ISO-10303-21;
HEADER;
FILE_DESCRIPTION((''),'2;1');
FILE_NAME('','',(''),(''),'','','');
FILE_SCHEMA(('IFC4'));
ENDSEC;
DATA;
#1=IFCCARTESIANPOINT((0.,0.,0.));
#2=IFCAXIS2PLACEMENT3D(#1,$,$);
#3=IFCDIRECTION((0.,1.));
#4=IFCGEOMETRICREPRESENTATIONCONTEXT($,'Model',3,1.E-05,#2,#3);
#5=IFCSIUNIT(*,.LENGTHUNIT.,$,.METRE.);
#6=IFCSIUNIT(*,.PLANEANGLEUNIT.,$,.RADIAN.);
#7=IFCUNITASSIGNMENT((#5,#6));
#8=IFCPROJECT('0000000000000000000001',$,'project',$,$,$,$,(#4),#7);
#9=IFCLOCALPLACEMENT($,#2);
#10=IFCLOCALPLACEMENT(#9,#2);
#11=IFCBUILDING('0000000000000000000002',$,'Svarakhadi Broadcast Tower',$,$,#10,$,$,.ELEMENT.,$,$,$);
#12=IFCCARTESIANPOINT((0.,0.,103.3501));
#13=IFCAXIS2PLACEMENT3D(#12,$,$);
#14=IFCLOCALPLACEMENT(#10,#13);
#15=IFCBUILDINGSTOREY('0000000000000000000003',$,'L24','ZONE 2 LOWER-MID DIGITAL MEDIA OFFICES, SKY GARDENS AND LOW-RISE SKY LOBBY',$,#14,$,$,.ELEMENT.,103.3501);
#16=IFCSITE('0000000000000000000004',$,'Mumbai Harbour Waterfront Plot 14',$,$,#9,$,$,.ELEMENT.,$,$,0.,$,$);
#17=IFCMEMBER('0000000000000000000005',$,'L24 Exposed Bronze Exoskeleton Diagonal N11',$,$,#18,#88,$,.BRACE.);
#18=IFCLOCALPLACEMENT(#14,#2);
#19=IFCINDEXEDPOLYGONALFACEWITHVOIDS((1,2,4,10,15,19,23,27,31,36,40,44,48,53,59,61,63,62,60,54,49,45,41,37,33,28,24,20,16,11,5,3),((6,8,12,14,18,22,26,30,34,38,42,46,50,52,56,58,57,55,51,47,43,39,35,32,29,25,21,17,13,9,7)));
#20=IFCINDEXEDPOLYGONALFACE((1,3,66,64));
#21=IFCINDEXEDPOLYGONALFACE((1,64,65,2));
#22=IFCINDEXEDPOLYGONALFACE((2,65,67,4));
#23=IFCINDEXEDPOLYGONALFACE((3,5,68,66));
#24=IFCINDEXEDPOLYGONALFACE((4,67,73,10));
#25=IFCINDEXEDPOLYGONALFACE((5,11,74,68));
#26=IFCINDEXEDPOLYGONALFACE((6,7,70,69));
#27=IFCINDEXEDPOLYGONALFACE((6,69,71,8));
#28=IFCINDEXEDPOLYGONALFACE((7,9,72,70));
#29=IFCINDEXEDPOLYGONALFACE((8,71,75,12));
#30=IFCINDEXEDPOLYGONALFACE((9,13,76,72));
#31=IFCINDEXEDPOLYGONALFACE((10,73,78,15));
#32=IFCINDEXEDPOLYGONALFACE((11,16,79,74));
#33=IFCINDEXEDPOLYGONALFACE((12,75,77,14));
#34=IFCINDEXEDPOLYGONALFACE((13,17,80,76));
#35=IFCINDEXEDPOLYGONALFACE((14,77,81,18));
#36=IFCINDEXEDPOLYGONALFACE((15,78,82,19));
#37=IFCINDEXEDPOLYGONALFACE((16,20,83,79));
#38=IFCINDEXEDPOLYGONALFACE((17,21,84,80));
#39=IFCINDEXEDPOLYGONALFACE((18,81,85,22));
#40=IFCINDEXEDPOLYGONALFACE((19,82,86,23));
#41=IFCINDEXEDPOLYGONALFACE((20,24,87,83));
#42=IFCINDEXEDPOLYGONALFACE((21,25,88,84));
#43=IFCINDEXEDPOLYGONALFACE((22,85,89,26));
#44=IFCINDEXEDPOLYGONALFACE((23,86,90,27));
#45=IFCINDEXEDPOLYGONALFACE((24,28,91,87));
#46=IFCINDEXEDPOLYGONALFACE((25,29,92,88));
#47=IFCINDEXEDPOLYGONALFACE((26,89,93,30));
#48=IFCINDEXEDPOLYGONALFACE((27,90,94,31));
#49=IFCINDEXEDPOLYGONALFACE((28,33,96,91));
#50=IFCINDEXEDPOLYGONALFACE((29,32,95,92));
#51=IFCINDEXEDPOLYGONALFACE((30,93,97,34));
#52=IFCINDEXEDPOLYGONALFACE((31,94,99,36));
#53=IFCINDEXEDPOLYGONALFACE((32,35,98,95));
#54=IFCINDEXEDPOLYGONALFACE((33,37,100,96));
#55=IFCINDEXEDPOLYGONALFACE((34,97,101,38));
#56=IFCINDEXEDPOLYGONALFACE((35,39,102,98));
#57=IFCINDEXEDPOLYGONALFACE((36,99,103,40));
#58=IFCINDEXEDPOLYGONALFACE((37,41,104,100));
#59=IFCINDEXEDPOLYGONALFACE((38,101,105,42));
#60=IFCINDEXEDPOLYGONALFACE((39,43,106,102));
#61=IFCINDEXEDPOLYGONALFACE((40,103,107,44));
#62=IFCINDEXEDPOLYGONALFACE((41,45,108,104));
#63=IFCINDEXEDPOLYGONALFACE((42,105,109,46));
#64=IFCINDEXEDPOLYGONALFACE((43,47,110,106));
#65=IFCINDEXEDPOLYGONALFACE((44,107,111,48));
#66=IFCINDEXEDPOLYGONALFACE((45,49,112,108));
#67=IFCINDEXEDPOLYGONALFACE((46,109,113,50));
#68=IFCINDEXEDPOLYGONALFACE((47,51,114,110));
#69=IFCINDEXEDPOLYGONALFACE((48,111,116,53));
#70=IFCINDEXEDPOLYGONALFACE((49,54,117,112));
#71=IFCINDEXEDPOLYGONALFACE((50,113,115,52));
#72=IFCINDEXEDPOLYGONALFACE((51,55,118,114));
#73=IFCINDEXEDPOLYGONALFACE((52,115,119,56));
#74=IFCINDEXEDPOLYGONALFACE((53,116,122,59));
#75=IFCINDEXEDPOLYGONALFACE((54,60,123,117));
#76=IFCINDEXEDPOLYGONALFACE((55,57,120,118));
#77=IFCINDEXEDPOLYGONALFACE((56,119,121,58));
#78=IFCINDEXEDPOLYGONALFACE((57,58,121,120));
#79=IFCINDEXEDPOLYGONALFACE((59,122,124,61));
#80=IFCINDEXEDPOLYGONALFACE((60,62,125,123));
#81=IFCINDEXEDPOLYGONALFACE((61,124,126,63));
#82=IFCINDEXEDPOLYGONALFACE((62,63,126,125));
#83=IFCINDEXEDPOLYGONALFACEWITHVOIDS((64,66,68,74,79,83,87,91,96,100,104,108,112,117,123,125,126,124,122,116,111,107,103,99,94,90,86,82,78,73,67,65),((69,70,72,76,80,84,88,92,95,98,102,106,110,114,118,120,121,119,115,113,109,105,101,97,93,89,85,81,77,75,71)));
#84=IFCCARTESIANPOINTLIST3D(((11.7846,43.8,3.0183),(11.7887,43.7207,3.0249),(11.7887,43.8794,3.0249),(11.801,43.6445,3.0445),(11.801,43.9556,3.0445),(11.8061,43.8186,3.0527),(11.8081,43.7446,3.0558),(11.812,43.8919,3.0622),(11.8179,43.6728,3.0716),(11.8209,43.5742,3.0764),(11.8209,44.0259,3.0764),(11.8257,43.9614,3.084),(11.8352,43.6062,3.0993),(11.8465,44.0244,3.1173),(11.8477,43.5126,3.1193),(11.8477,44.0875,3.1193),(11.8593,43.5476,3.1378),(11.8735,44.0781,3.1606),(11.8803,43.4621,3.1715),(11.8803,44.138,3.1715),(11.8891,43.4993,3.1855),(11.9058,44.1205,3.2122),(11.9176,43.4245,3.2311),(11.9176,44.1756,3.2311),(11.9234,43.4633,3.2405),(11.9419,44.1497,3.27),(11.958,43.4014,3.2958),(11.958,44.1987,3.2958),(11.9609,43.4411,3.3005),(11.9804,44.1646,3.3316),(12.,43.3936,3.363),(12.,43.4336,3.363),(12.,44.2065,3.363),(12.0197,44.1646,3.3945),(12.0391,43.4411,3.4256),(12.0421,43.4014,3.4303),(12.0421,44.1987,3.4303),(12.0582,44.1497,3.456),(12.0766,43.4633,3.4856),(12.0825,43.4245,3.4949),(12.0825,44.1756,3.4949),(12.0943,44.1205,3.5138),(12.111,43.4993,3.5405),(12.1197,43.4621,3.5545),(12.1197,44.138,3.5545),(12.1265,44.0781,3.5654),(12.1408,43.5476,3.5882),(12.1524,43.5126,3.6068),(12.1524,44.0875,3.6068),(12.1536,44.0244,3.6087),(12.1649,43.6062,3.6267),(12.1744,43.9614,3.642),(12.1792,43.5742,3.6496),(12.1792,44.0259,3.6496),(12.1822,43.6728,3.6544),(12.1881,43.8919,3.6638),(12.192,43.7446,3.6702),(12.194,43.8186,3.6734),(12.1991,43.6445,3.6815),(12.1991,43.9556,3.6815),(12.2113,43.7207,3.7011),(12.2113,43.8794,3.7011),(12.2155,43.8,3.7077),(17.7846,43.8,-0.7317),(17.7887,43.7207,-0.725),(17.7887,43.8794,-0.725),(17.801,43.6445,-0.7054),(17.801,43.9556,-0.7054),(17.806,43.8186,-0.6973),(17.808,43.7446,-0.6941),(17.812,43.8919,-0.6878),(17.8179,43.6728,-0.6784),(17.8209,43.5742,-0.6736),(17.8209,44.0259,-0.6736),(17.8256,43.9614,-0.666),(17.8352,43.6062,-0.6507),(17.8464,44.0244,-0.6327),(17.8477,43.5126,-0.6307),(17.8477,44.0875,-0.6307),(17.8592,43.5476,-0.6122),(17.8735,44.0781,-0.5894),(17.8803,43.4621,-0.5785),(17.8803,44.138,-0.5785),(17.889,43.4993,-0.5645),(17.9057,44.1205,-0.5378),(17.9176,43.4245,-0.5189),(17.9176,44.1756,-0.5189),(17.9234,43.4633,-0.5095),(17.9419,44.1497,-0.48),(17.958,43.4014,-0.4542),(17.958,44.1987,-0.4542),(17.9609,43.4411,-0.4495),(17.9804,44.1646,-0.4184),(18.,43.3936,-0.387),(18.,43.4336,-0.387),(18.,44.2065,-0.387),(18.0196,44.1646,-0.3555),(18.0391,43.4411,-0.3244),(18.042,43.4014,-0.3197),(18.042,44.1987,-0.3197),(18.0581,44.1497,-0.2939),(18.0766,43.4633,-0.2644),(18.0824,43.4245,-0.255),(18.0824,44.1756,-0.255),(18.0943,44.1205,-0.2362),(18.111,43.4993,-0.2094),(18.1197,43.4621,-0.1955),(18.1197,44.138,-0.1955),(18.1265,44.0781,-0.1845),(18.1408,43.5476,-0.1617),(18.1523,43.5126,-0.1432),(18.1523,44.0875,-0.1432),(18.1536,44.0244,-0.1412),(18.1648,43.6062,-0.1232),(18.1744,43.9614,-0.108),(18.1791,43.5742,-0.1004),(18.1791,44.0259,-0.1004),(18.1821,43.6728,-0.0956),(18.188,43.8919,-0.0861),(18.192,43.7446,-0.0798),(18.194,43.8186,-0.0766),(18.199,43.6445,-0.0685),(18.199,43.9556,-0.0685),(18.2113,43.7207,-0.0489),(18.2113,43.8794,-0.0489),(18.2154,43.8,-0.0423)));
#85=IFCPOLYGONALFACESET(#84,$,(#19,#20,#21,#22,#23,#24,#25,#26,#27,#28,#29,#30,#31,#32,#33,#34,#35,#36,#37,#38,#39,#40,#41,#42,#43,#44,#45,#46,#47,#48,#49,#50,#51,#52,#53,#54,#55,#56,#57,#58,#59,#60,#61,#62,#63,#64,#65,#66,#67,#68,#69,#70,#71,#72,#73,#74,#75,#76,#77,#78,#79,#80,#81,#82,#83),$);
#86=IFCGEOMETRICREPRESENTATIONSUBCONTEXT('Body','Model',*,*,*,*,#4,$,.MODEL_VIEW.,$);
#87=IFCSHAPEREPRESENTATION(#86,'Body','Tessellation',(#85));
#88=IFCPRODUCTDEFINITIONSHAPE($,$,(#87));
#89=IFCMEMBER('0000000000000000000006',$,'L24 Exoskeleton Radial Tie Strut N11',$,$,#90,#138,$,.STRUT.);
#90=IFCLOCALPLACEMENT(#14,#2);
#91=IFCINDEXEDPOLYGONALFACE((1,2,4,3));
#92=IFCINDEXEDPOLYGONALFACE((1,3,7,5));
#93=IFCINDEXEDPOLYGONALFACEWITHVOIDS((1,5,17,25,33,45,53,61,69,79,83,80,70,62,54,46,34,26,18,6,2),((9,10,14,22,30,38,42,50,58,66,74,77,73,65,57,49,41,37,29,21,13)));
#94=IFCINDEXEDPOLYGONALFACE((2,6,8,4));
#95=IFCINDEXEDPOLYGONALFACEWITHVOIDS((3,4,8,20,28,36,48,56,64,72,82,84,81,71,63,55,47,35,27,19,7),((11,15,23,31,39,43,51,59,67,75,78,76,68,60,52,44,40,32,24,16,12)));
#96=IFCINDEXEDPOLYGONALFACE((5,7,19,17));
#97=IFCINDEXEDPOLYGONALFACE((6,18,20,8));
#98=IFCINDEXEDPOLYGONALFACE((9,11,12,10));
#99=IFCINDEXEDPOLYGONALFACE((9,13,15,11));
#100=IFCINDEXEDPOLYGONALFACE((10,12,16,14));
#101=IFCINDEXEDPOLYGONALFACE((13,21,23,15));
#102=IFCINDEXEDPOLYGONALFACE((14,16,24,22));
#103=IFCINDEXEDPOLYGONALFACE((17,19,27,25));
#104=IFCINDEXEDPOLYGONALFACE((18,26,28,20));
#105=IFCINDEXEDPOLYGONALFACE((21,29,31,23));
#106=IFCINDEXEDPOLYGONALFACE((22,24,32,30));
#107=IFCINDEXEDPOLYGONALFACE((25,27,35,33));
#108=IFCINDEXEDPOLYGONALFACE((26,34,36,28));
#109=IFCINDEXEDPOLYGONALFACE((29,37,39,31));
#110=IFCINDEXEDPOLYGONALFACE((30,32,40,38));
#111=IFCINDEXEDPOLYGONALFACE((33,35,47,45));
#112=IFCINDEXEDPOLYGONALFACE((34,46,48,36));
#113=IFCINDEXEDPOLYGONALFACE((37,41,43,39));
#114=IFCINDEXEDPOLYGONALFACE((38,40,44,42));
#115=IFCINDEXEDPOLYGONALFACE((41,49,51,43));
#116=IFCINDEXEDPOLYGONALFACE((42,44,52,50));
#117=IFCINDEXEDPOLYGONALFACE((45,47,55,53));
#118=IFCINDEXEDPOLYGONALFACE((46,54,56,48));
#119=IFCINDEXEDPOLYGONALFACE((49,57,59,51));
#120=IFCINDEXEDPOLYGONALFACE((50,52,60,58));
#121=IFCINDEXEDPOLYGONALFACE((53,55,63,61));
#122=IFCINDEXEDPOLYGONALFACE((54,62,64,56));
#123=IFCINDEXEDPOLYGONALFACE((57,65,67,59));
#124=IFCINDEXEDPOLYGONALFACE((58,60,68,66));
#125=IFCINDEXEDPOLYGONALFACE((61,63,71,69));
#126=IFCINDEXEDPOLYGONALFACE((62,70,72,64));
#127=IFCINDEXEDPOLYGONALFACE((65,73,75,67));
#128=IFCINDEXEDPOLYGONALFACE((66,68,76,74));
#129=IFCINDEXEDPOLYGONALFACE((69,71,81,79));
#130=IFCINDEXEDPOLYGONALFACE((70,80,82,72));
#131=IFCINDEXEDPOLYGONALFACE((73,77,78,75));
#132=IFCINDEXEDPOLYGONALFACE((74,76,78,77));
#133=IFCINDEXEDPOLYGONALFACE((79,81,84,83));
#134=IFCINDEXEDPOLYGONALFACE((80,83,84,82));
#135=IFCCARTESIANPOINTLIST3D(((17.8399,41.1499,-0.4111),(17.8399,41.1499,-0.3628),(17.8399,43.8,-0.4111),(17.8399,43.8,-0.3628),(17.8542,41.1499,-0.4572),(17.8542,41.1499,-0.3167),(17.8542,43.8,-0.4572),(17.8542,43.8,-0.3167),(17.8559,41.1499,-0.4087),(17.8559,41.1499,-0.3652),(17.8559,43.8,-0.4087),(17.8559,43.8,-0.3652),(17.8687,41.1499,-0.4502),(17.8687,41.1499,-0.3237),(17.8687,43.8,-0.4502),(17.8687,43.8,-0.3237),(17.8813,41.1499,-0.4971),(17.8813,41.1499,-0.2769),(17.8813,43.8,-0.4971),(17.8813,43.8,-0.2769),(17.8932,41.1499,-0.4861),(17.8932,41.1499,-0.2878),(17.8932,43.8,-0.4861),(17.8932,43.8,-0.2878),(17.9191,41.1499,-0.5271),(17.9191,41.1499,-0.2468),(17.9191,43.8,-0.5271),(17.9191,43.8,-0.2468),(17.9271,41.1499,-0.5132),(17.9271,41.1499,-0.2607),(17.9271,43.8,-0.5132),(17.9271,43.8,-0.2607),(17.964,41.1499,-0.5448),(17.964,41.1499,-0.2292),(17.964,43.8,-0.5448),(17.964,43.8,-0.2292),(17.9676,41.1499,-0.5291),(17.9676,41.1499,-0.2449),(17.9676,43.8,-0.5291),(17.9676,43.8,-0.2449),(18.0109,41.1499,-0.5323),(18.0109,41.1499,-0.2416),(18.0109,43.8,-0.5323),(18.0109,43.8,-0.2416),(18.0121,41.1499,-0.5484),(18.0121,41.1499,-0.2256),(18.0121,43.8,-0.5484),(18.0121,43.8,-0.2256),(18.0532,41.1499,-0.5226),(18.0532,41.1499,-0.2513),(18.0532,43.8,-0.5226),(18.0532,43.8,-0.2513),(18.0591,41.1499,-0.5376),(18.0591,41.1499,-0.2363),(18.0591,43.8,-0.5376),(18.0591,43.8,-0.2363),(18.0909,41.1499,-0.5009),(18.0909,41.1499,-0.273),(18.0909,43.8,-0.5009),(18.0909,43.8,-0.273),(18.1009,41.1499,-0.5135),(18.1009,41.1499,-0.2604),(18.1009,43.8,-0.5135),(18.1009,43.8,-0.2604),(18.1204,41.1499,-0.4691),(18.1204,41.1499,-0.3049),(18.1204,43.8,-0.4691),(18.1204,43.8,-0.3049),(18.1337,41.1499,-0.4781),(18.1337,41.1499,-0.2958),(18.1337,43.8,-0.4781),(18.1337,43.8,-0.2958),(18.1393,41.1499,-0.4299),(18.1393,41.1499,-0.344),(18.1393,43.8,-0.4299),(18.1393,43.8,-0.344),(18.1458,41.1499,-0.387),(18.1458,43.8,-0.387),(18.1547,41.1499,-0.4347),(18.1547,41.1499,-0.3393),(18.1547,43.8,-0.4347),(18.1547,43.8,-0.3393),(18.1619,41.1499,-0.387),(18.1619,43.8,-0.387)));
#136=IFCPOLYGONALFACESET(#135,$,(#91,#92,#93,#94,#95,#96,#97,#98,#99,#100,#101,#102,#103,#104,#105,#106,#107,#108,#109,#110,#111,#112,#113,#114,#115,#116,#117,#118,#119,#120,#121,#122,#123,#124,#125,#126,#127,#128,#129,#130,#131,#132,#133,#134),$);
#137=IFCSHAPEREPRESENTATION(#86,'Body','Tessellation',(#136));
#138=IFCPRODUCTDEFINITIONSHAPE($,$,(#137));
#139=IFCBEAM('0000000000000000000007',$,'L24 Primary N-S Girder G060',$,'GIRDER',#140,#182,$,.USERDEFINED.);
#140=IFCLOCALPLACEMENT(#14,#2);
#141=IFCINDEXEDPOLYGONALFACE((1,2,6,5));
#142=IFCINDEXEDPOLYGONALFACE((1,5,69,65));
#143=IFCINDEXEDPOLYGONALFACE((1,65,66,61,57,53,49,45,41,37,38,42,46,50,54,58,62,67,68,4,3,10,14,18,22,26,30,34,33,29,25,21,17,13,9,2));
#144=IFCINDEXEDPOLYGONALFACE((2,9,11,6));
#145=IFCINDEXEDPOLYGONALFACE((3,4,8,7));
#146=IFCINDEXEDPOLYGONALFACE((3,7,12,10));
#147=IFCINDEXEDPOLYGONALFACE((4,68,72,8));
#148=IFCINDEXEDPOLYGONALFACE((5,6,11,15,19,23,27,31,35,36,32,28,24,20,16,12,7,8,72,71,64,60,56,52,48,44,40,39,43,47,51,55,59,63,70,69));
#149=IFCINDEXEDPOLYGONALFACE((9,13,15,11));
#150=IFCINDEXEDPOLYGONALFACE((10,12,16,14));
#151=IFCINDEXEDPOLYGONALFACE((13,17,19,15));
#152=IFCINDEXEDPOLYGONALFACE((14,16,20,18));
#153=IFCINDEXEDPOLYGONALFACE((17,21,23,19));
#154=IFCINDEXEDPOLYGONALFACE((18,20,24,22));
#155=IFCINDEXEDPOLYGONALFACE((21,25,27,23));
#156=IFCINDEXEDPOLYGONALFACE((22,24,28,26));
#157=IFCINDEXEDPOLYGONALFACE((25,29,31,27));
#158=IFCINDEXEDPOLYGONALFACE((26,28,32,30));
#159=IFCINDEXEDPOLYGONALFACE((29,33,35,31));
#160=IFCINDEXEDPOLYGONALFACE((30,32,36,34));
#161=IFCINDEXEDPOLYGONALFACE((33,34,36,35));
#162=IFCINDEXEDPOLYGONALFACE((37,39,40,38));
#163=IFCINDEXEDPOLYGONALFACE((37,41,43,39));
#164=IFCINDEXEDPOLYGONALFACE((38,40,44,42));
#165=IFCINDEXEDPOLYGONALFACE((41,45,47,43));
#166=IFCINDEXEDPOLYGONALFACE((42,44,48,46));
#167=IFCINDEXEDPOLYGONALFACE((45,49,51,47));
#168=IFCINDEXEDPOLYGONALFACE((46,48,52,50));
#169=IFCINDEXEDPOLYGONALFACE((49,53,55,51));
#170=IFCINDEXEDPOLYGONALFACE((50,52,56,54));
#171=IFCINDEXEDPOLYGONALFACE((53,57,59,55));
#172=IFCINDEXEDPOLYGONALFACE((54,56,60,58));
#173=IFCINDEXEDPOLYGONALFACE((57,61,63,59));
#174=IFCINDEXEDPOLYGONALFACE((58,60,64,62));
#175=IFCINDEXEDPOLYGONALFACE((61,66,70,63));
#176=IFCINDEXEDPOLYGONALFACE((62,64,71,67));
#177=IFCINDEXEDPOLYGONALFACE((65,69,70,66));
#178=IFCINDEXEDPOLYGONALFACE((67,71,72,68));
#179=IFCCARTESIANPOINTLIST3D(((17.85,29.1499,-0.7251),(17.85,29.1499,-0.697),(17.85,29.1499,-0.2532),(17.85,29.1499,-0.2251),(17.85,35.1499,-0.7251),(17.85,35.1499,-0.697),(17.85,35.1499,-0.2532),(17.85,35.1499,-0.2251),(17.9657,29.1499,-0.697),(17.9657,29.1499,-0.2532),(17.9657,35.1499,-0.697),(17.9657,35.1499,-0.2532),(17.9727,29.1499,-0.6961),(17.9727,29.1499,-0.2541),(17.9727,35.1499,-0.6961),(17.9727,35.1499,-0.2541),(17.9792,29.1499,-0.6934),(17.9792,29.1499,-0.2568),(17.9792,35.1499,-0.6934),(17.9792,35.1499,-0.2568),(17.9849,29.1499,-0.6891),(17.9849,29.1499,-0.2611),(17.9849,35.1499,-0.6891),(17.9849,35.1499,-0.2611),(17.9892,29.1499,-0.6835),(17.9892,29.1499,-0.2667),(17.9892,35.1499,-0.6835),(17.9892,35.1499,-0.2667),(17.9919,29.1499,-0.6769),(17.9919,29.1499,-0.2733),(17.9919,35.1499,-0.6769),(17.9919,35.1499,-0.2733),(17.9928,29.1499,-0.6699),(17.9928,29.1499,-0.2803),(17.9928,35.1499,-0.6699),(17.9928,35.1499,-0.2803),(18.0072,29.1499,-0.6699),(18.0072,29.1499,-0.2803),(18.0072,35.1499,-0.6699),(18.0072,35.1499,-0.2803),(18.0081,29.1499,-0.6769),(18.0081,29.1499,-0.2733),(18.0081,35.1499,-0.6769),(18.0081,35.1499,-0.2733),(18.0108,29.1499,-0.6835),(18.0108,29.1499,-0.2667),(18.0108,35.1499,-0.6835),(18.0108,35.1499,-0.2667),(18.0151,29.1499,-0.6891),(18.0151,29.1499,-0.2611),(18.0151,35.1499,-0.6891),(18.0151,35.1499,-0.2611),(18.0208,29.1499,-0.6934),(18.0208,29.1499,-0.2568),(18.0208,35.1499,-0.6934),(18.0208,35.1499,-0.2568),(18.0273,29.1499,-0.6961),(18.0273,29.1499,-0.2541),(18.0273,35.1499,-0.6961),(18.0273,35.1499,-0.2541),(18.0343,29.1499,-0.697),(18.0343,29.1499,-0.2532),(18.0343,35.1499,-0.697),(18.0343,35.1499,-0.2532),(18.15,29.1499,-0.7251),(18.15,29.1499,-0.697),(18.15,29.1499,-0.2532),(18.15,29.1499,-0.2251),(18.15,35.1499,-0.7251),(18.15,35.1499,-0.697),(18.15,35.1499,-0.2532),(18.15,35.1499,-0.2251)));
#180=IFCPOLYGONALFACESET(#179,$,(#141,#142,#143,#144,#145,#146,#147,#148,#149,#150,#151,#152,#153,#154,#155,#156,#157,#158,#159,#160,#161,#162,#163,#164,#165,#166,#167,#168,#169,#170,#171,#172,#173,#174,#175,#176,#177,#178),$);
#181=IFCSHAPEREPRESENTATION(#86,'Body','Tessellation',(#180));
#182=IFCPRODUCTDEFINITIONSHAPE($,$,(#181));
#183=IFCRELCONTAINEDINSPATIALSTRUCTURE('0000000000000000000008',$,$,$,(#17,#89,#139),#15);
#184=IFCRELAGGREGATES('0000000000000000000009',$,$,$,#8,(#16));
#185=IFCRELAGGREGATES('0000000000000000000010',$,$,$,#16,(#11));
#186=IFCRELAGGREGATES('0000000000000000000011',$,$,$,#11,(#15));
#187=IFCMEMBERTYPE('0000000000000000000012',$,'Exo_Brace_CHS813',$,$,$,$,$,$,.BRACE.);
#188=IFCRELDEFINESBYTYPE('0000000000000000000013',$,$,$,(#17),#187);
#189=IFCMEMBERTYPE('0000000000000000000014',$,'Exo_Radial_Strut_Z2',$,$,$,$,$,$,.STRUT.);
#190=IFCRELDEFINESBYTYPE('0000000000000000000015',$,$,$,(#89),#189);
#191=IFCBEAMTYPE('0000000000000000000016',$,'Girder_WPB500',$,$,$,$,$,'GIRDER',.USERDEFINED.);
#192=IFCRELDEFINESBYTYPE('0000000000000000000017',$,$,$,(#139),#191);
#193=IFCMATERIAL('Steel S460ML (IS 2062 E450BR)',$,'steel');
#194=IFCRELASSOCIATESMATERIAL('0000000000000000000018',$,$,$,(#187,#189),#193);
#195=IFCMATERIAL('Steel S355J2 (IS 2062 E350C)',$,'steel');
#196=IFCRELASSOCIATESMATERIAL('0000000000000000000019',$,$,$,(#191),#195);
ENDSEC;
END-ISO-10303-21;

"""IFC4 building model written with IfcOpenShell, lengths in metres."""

from ifc_helpers import new_model, si_unit, direction, frame, origin, origin_2d, place, context, subcontext, project, spatial, hollow_circle, i_section, extrude, material, material_profile, profile_set, type_object, element, save


model = new_model("IFC4")

# Units and contexts
model_context = context("Model", 3, precision=1e-05, world=origin(), true_north=direction((0.0, 1.0)))
body_context = subcontext(model_context, "Body", "Model", "MODEL_VIEW")
ifc_project = project(units=[si_unit("LENGTHUNIT", "METRE"), si_unit("PLANEANGLEUNIT", "RADIAN")], contexts=[model_context])

# Site, building, storey
site_placement = place(None, origin())
site = spatial("IfcSite", under=ifc_project, at=site_placement, Name="Mumbai Harbour Waterfront Plot 14", CompositionType="ELEMENT", RefElevation=0.0)
building_placement = place(site_placement, origin())
building = spatial("IfcBuilding", under=site, at=building_placement, Name="Svarakhadi Broadcast Tower", CompositionType="ELEMENT")
storey_placement = place(building_placement, frame((0.0, 0.0, 103.3501)))
storey = spatial("IfcBuildingStorey", under=building, at=storey_placement, Name="L24", Description="ZONE 2 LOWER-MID DIGITAL MEDIA OFFICES, SKY GARDENS AND LOW-RISE SKY LOBBY", CompositionType="ELEMENT", Elevation=103.3501)

# Members
ifc_material_1 = material(Name="Steel S460ML (IS 2062 E450BR)", Category="steel")
ifc_material_profile_1 = material_profile(ifc_material_1, hollow_circle(Radius=0.4065, WallThickness=0.04, at=origin_2d()), Name="CHS 813x40")
ifc_profile_set_1 = profile_set([ifc_material_profile_1], Name="Steel S460ML (IS 2062 E450BR)")
member_type_1 = type_object("IfcMemberType", Name="Exo_Brace_CHS813", PredefinedType="BRACE", material=ifc_profile_set_1)
member_1_placement = place(storey_placement, frame((18.0, 43.8, -0.387), z_axis=(-0.847998, 0.0, 0.529999), x_axis=(0.0, -1.0, 0.0)))
element("IfcMember", 1, at=member_1_placement, inside=storey, type_object=member_type_1, Name="L24 Exposed Bronze Exoskeleton Diagonal N11", PredefinedType="BRACE", context=body_context, shape_type="SweptSolid", body=[
    extrude(hollow_circle(Radius=0.4065, WallThickness=0.04, at=origin_2d()), origin(), (0.0, 0.0, 1.0), 7.0754),
])
ifc_material_profile_2 = material_profile(ifc_material_1, hollow_circle(Radius=0.1619, WallThickness=0.0161, at=origin_2d()), Name="CHS 323.9x16")
ifc_profile_set_2 = profile_set([ifc_material_profile_2], Name="Steel S460ML (IS 2062 E450BR)")
member_type_2 = type_object("IfcMemberType", Name="Exo_Radial_Strut_Z2", PredefinedType="STRUT", material=ifc_profile_set_2)
member_2_placement = place(storey_placement, frame((18.0, 43.8, -0.387), z_axis=(0.0, -1.0, 0.0), x_axis=(1.0, 0.0, 0.0)))
element("IfcMember", 2, at=member_2_placement, inside=storey, type_object=member_type_2, Name="L24 Exoskeleton Radial Tie Strut N11", PredefinedType="STRUT", context=body_context, shape_type="SweptSolid", body=[
    extrude(hollow_circle(Radius=0.1619, WallThickness=0.0161, at=origin_2d()), origin(), (0.0, 0.0, 1.0), 2.6501),
])

# Beam
ifc_material_2 = material(Name="Steel S355J2 (IS 2062 E350C)", Category="steel")
ifc_material_profile_3 = material_profile(ifc_material_2, i_section(OverallWidth=0.3, OverallDepth=0.5, WebThickness=0.0144, FlangeThickness=0.0281, FilletRadius=0.0271, at=origin_2d()), Name="WPB 500x300x187")
ifc_profile_set_3 = profile_set([ifc_material_profile_3], Name="Steel S355J2 (IS 2062 E350C)")
beam_type = type_object("IfcBeamType", Name="Girder_WPB500", ElementType="GIRDER", PredefinedType="USERDEFINED", material=ifc_profile_set_3)
for number, where, z_axis, x_axis, name in (
    (3, (18.0, 29.1499, -0.4751), (0.0, 1.0, 0.0), (-1.0, 0.0, 0.0), "L24 Primary N-S Girder G060"),
):
    element("IfcBeam", number, at=place(storey_placement, frame(where, z_axis=z_axis, x_axis=x_axis)), inside=storey, type_object=beam_type, Name=name, ObjectType="GIRDER", PredefinedType="USERDEFINED", context=body_context, shape_type="SweptSolid", body=[
        extrude(i_section(OverallWidth=0.3, OverallDepth=0.5, WebThickness=0.0144, FlangeThickness=0.0281, FilletRadius=0.0271, at=origin_2d()), origin(), (0.0, 0.0, 1.0), 6.0),
    ])

save(model, "model.ifc")
